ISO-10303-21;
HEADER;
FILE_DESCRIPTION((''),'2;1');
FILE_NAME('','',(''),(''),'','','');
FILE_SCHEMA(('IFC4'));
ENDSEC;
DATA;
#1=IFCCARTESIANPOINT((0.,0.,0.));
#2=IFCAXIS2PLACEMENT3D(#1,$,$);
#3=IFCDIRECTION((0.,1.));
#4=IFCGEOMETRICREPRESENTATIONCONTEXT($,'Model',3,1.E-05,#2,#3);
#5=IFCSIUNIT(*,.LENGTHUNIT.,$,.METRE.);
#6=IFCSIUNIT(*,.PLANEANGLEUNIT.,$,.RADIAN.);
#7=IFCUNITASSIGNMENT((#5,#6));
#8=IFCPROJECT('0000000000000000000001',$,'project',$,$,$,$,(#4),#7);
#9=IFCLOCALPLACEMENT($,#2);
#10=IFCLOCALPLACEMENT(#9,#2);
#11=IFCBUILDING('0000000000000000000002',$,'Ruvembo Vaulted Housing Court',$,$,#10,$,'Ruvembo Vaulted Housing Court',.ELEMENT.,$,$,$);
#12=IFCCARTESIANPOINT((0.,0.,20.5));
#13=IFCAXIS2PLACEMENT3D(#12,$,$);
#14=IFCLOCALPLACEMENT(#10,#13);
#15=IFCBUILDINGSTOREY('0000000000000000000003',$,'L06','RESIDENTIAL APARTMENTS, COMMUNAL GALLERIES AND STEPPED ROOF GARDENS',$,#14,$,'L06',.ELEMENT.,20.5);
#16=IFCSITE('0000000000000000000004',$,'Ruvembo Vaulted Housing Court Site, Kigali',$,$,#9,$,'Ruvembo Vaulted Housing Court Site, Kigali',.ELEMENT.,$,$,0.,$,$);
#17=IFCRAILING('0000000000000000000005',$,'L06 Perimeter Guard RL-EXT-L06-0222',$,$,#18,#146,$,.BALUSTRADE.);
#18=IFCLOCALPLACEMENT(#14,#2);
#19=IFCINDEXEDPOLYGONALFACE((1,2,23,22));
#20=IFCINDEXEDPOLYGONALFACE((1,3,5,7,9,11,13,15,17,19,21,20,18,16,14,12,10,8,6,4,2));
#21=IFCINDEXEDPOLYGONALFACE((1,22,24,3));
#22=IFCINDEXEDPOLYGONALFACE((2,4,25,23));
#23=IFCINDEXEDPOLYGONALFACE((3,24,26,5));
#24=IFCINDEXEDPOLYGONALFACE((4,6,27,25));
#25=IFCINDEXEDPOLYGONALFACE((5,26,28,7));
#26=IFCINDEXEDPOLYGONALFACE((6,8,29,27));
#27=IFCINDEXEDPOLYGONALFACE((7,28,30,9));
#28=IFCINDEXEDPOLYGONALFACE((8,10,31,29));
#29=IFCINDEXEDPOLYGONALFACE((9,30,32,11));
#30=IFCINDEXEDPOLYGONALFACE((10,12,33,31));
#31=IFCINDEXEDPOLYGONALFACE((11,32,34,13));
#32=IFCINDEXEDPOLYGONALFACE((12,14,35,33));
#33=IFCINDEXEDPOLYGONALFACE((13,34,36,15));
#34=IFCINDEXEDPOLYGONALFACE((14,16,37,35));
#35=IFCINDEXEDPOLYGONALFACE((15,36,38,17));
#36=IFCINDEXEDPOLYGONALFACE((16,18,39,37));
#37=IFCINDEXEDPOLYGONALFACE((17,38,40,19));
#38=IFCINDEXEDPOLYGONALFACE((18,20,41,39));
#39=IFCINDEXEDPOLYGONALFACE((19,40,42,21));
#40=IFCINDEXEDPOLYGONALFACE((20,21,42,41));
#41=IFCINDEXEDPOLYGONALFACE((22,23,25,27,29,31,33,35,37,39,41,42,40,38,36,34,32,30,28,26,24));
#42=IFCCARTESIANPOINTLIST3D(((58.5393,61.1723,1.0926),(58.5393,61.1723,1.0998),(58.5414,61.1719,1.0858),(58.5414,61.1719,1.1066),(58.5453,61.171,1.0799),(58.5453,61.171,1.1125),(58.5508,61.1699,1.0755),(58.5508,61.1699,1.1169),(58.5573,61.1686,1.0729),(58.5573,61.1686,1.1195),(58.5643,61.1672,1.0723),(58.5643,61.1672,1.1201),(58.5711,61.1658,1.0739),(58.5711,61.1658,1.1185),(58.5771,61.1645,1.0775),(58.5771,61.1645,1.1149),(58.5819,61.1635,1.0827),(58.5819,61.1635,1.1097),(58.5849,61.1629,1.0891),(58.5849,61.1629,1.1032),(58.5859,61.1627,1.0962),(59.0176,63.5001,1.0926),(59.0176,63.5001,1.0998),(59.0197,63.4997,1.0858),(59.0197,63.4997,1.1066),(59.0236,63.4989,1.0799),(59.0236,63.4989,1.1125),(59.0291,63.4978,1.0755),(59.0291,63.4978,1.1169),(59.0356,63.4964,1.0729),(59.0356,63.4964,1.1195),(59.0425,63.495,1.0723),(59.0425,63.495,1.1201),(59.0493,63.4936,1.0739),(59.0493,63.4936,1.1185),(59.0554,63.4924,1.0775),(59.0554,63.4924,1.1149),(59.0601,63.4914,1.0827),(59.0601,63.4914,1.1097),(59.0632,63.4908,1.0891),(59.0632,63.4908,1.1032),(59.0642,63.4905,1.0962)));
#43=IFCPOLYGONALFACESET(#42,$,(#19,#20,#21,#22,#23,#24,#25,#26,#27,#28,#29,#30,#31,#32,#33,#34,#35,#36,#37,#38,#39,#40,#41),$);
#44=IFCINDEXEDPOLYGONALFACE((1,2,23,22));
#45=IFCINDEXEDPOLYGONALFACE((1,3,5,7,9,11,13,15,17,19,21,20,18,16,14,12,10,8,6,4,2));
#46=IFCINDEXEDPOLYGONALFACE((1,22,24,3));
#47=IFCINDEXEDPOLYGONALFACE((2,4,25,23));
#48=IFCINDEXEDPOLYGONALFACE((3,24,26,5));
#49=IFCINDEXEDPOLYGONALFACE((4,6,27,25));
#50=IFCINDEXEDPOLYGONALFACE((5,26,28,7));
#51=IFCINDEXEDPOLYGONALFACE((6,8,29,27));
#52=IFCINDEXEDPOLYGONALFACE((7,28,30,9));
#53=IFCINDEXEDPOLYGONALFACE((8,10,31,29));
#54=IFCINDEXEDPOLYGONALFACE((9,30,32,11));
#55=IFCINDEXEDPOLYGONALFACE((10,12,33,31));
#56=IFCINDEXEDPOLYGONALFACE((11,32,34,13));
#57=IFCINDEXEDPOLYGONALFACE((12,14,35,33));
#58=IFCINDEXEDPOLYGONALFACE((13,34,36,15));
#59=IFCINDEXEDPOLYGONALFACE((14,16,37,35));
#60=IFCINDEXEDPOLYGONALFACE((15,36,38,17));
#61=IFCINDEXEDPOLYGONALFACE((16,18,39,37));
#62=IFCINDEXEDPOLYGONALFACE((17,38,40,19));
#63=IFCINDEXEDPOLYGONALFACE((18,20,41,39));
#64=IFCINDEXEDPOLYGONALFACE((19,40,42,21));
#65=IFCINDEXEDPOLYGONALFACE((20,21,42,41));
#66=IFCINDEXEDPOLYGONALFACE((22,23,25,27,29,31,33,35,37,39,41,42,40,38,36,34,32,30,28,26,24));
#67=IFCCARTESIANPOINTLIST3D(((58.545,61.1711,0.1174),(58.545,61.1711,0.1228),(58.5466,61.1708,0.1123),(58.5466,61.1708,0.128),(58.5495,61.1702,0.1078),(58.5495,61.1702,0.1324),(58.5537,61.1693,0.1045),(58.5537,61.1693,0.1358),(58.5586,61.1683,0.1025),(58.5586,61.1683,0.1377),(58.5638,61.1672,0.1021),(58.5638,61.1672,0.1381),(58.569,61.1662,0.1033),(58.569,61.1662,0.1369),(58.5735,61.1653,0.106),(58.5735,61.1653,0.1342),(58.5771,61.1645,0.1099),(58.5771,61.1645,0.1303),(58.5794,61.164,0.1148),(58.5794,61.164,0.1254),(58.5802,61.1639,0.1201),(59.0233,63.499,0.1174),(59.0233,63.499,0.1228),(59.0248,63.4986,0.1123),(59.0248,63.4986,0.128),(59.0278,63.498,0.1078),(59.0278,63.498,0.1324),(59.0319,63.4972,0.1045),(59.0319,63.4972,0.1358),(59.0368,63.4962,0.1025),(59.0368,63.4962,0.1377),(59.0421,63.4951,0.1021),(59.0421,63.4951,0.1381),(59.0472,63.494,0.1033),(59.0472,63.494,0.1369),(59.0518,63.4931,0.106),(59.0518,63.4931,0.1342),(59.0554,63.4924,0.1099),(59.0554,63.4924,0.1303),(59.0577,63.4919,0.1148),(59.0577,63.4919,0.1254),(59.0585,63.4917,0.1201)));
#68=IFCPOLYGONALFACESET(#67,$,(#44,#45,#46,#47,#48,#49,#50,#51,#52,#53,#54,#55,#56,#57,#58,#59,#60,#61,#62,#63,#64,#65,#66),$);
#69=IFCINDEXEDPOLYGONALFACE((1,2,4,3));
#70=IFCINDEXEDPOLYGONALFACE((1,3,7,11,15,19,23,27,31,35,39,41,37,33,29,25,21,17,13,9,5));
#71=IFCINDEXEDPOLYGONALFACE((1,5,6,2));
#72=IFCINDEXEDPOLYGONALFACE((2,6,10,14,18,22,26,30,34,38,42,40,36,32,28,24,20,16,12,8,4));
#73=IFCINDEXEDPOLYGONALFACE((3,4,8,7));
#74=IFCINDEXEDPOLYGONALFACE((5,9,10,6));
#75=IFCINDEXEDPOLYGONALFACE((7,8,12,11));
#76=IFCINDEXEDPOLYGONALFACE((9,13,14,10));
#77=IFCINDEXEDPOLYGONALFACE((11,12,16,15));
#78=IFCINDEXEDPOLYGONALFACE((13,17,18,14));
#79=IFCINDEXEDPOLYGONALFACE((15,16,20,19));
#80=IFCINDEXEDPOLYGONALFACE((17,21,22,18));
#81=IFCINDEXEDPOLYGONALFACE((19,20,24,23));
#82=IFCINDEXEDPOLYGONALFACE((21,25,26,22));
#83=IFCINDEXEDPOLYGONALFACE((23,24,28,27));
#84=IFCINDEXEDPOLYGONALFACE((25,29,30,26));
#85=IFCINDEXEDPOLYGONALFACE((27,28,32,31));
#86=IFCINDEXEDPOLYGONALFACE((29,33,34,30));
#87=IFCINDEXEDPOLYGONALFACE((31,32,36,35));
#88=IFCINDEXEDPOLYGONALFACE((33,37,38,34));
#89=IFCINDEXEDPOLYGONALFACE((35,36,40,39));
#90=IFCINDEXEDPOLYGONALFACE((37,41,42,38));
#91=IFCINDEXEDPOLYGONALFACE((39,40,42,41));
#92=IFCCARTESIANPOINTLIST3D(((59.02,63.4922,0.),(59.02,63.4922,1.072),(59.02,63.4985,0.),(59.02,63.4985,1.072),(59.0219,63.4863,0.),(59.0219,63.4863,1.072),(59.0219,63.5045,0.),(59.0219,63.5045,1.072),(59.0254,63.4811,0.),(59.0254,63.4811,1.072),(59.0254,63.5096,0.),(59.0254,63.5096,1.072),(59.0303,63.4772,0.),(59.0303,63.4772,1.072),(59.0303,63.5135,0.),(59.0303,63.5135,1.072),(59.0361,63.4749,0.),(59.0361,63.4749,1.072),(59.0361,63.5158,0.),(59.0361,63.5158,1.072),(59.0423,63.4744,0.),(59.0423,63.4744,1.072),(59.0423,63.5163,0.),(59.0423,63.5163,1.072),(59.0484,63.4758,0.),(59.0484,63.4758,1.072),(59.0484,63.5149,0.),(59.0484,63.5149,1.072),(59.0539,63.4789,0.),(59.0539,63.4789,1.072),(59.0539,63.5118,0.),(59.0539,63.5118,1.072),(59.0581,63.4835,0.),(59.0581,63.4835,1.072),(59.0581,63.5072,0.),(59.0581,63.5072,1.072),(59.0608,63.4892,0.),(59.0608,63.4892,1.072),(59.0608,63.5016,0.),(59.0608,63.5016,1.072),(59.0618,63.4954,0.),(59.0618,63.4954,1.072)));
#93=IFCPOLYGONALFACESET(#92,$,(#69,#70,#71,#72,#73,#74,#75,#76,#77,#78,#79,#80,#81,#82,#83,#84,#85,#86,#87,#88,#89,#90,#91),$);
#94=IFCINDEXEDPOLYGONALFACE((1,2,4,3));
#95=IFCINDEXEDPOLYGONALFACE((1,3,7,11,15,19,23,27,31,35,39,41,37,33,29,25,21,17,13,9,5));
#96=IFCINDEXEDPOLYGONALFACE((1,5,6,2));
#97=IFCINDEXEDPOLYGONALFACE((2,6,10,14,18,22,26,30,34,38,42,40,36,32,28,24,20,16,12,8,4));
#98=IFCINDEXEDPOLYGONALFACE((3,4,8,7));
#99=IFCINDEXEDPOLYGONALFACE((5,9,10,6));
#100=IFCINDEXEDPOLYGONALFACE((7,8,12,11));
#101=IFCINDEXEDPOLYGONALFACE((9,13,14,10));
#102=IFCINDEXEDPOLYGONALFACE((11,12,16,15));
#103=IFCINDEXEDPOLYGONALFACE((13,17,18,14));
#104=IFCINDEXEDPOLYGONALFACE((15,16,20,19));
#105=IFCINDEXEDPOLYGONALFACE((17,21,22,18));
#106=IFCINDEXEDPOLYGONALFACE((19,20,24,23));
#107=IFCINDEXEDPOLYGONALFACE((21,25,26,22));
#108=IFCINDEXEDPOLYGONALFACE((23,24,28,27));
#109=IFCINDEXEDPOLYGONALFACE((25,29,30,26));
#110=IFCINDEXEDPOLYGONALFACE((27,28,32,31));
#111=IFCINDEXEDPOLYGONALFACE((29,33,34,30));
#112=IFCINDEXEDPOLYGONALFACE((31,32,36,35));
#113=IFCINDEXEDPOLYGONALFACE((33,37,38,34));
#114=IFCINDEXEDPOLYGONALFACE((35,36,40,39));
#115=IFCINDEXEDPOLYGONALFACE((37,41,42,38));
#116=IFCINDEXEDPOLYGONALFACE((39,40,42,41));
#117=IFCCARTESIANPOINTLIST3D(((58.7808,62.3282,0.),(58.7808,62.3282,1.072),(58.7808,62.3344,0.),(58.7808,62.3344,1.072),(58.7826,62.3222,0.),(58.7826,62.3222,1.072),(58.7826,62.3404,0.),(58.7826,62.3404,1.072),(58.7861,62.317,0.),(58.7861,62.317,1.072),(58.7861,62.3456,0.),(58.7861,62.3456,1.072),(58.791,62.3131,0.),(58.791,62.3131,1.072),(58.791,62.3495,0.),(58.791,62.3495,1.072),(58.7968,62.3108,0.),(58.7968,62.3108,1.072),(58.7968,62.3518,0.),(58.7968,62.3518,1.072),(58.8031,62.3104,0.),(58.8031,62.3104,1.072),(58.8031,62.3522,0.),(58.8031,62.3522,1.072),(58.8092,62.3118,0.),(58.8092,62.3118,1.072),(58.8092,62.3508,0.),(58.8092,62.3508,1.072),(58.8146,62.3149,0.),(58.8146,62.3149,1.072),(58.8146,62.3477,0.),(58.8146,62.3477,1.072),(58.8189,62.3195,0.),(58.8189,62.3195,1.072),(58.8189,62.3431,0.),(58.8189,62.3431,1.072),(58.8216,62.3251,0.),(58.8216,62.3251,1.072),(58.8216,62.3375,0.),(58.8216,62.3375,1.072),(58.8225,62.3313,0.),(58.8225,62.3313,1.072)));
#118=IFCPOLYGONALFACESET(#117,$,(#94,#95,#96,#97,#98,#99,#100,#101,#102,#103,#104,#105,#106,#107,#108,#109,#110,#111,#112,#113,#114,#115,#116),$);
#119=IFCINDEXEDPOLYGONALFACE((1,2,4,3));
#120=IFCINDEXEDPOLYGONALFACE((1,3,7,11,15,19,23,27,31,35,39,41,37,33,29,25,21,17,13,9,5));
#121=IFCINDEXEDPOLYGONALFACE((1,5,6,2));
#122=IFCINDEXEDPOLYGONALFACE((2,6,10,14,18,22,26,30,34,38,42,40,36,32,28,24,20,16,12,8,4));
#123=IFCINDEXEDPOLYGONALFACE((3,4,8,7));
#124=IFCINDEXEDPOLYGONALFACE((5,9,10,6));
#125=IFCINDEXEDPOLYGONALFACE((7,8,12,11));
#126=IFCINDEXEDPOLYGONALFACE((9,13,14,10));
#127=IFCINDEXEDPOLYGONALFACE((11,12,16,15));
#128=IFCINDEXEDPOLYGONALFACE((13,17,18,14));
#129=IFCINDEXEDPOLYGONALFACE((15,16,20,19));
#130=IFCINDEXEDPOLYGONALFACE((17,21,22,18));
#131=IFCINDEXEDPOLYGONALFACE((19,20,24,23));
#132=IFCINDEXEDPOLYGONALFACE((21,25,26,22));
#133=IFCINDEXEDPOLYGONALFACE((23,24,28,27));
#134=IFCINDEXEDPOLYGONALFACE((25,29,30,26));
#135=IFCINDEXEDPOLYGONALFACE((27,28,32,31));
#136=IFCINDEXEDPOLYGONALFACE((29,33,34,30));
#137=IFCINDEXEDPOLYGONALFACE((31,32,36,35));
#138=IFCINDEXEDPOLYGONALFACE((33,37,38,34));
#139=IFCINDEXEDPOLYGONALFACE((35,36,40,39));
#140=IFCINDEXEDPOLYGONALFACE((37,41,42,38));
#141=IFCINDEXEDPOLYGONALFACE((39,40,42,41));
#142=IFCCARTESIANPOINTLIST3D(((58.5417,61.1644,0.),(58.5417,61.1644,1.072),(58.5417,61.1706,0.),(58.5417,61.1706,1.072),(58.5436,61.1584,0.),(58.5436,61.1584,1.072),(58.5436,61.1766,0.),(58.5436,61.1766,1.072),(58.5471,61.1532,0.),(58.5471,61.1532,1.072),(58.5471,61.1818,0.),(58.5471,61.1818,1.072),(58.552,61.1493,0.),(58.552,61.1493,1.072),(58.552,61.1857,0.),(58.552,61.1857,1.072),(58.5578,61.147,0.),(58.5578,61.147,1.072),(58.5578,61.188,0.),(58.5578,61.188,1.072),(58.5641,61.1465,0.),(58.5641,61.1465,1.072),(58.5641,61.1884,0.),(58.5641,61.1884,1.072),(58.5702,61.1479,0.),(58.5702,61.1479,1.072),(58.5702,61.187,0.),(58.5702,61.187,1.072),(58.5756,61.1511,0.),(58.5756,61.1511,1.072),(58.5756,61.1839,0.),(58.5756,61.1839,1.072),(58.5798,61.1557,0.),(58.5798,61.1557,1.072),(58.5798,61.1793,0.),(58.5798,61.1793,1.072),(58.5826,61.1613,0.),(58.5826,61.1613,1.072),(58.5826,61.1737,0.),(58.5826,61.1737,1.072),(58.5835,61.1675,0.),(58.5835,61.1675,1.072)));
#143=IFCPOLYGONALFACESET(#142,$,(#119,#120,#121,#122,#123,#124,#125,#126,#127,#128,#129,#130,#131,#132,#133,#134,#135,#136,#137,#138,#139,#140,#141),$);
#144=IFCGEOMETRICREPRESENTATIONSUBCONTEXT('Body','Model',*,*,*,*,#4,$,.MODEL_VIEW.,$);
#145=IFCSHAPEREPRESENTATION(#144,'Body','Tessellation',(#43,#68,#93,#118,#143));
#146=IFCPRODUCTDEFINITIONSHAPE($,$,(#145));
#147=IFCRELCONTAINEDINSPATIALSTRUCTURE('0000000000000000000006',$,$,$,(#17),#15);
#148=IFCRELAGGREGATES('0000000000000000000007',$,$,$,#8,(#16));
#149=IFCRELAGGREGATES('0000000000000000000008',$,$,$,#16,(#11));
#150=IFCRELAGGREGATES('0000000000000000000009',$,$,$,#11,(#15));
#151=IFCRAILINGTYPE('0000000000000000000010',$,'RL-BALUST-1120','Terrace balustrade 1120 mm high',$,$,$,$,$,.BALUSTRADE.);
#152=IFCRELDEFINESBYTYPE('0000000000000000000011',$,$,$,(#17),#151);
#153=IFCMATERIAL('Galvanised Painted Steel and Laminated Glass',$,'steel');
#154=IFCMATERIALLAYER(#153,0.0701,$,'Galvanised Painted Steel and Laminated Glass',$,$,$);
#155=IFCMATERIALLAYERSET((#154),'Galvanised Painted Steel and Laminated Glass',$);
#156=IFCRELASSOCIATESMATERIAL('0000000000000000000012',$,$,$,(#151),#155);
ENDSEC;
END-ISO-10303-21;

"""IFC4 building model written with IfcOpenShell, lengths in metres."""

from ifc_helpers import new_model, si_unit, direction, frame, origin, origin_2d, place, context, subcontext, project, spatial, circle, extrude, material, layer, layer_set, type_object, element, save


model = new_model("IFC4")

# Units and contexts
model_context = context("Model", 3, precision=1e-05, world=origin(), true_north=direction((0.0, 1.0)))
body_context = subcontext(model_context, "Body", "Model", "MODEL_VIEW")
ifc_project = project(units=[si_unit("LENGTHUNIT", "METRE"), si_unit("PLANEANGLEUNIT", "RADIAN")], contexts=[model_context])

# Site, building, storey
site_placement = place(None, origin())
site = spatial("IfcSite", under=ifc_project, at=site_placement, Name="Ruvembo Vaulted Housing Court Site, Kigali", LongName="Ruvembo Vaulted Housing Court Site, Kigali", CompositionType="ELEMENT", RefElevation=0.0)
building_placement = place(site_placement, origin())
building = spatial("IfcBuilding", under=site, at=building_placement, Name="Ruvembo Vaulted Housing Court", LongName="Ruvembo Vaulted Housing Court", CompositionType="ELEMENT")
storey_placement = place(building_placement, frame((0.0, 0.0, 20.5)))
storey = spatial("IfcBuildingStorey", under=building, at=storey_placement, Name="L06", Description="RESIDENTIAL APARTMENTS, COMMUNAL GALLERIES AND STEPPED ROOF GARDENS", LongName="L06", CompositionType="ELEMENT", Elevation=20.5)

# Railing
ifc_material_1 = material(Name="Galvanised Painted Steel and Laminated Glass", Category="steel")
ifc_layer = layer(ifc_material_1, 0.0701, Name="Galvanised Painted Steel and Laminated Glass")
ifc_layer_set = layer_set([ifc_layer], Name="Galvanised Painted Steel and Laminated Glass")
railing_type = type_object("IfcRailingType", Name="RL-BALUST-1120", Description="Terrace balustrade 1120 mm high", PredefinedType="BALUSTRADE", material=ifc_layer_set)
railing_1_placement = place(storey_placement, frame((59.0408, 63.4954, 0.0)))
element("IfcRailing", 1, at=railing_1_placement, inside=storey, type_object=railing_type, Name="L06 Perimeter Guard RL-EXT-L06-0222", PredefinedType="BALUSTRADE", context=body_context, shape_type="SweptSolid", body=[
    extrude(circle(Radius=0.0239, at=origin_2d()), frame((0.0, 0.0, 1.0962), z_axis=(-0.20125, -0.97954, 0.0), x_axis=(0.97954, -0.20125, 0.0)), (0.0, 0.0, 1.0), 2.3765),
    extrude(circle(Radius=0.0181, at=origin_2d()), frame((0.0, 0.0, 0.1201), z_axis=(-0.20125, -0.97954, 0.0), x_axis=(0.97954, -0.20125, 0.0)), (0.0, 0.0, 1.0), 2.3765),
    extrude(circle(Radius=0.021, at=origin_2d()), origin(), (0.0, 0.0, 1.0), 1.072),
    extrude(circle(Radius=0.021, at=origin_2d()), frame((-0.2393, -1.1641, 0.0)), (0.0, 0.0, 1.0), 1.072),
    extrude(circle(Radius=0.021, at=origin_2d()), frame((-0.4783, -2.3279, 0.0)), (0.0, 0.0, 1.0), 1.072),
])

save(model, "model.ifc")
